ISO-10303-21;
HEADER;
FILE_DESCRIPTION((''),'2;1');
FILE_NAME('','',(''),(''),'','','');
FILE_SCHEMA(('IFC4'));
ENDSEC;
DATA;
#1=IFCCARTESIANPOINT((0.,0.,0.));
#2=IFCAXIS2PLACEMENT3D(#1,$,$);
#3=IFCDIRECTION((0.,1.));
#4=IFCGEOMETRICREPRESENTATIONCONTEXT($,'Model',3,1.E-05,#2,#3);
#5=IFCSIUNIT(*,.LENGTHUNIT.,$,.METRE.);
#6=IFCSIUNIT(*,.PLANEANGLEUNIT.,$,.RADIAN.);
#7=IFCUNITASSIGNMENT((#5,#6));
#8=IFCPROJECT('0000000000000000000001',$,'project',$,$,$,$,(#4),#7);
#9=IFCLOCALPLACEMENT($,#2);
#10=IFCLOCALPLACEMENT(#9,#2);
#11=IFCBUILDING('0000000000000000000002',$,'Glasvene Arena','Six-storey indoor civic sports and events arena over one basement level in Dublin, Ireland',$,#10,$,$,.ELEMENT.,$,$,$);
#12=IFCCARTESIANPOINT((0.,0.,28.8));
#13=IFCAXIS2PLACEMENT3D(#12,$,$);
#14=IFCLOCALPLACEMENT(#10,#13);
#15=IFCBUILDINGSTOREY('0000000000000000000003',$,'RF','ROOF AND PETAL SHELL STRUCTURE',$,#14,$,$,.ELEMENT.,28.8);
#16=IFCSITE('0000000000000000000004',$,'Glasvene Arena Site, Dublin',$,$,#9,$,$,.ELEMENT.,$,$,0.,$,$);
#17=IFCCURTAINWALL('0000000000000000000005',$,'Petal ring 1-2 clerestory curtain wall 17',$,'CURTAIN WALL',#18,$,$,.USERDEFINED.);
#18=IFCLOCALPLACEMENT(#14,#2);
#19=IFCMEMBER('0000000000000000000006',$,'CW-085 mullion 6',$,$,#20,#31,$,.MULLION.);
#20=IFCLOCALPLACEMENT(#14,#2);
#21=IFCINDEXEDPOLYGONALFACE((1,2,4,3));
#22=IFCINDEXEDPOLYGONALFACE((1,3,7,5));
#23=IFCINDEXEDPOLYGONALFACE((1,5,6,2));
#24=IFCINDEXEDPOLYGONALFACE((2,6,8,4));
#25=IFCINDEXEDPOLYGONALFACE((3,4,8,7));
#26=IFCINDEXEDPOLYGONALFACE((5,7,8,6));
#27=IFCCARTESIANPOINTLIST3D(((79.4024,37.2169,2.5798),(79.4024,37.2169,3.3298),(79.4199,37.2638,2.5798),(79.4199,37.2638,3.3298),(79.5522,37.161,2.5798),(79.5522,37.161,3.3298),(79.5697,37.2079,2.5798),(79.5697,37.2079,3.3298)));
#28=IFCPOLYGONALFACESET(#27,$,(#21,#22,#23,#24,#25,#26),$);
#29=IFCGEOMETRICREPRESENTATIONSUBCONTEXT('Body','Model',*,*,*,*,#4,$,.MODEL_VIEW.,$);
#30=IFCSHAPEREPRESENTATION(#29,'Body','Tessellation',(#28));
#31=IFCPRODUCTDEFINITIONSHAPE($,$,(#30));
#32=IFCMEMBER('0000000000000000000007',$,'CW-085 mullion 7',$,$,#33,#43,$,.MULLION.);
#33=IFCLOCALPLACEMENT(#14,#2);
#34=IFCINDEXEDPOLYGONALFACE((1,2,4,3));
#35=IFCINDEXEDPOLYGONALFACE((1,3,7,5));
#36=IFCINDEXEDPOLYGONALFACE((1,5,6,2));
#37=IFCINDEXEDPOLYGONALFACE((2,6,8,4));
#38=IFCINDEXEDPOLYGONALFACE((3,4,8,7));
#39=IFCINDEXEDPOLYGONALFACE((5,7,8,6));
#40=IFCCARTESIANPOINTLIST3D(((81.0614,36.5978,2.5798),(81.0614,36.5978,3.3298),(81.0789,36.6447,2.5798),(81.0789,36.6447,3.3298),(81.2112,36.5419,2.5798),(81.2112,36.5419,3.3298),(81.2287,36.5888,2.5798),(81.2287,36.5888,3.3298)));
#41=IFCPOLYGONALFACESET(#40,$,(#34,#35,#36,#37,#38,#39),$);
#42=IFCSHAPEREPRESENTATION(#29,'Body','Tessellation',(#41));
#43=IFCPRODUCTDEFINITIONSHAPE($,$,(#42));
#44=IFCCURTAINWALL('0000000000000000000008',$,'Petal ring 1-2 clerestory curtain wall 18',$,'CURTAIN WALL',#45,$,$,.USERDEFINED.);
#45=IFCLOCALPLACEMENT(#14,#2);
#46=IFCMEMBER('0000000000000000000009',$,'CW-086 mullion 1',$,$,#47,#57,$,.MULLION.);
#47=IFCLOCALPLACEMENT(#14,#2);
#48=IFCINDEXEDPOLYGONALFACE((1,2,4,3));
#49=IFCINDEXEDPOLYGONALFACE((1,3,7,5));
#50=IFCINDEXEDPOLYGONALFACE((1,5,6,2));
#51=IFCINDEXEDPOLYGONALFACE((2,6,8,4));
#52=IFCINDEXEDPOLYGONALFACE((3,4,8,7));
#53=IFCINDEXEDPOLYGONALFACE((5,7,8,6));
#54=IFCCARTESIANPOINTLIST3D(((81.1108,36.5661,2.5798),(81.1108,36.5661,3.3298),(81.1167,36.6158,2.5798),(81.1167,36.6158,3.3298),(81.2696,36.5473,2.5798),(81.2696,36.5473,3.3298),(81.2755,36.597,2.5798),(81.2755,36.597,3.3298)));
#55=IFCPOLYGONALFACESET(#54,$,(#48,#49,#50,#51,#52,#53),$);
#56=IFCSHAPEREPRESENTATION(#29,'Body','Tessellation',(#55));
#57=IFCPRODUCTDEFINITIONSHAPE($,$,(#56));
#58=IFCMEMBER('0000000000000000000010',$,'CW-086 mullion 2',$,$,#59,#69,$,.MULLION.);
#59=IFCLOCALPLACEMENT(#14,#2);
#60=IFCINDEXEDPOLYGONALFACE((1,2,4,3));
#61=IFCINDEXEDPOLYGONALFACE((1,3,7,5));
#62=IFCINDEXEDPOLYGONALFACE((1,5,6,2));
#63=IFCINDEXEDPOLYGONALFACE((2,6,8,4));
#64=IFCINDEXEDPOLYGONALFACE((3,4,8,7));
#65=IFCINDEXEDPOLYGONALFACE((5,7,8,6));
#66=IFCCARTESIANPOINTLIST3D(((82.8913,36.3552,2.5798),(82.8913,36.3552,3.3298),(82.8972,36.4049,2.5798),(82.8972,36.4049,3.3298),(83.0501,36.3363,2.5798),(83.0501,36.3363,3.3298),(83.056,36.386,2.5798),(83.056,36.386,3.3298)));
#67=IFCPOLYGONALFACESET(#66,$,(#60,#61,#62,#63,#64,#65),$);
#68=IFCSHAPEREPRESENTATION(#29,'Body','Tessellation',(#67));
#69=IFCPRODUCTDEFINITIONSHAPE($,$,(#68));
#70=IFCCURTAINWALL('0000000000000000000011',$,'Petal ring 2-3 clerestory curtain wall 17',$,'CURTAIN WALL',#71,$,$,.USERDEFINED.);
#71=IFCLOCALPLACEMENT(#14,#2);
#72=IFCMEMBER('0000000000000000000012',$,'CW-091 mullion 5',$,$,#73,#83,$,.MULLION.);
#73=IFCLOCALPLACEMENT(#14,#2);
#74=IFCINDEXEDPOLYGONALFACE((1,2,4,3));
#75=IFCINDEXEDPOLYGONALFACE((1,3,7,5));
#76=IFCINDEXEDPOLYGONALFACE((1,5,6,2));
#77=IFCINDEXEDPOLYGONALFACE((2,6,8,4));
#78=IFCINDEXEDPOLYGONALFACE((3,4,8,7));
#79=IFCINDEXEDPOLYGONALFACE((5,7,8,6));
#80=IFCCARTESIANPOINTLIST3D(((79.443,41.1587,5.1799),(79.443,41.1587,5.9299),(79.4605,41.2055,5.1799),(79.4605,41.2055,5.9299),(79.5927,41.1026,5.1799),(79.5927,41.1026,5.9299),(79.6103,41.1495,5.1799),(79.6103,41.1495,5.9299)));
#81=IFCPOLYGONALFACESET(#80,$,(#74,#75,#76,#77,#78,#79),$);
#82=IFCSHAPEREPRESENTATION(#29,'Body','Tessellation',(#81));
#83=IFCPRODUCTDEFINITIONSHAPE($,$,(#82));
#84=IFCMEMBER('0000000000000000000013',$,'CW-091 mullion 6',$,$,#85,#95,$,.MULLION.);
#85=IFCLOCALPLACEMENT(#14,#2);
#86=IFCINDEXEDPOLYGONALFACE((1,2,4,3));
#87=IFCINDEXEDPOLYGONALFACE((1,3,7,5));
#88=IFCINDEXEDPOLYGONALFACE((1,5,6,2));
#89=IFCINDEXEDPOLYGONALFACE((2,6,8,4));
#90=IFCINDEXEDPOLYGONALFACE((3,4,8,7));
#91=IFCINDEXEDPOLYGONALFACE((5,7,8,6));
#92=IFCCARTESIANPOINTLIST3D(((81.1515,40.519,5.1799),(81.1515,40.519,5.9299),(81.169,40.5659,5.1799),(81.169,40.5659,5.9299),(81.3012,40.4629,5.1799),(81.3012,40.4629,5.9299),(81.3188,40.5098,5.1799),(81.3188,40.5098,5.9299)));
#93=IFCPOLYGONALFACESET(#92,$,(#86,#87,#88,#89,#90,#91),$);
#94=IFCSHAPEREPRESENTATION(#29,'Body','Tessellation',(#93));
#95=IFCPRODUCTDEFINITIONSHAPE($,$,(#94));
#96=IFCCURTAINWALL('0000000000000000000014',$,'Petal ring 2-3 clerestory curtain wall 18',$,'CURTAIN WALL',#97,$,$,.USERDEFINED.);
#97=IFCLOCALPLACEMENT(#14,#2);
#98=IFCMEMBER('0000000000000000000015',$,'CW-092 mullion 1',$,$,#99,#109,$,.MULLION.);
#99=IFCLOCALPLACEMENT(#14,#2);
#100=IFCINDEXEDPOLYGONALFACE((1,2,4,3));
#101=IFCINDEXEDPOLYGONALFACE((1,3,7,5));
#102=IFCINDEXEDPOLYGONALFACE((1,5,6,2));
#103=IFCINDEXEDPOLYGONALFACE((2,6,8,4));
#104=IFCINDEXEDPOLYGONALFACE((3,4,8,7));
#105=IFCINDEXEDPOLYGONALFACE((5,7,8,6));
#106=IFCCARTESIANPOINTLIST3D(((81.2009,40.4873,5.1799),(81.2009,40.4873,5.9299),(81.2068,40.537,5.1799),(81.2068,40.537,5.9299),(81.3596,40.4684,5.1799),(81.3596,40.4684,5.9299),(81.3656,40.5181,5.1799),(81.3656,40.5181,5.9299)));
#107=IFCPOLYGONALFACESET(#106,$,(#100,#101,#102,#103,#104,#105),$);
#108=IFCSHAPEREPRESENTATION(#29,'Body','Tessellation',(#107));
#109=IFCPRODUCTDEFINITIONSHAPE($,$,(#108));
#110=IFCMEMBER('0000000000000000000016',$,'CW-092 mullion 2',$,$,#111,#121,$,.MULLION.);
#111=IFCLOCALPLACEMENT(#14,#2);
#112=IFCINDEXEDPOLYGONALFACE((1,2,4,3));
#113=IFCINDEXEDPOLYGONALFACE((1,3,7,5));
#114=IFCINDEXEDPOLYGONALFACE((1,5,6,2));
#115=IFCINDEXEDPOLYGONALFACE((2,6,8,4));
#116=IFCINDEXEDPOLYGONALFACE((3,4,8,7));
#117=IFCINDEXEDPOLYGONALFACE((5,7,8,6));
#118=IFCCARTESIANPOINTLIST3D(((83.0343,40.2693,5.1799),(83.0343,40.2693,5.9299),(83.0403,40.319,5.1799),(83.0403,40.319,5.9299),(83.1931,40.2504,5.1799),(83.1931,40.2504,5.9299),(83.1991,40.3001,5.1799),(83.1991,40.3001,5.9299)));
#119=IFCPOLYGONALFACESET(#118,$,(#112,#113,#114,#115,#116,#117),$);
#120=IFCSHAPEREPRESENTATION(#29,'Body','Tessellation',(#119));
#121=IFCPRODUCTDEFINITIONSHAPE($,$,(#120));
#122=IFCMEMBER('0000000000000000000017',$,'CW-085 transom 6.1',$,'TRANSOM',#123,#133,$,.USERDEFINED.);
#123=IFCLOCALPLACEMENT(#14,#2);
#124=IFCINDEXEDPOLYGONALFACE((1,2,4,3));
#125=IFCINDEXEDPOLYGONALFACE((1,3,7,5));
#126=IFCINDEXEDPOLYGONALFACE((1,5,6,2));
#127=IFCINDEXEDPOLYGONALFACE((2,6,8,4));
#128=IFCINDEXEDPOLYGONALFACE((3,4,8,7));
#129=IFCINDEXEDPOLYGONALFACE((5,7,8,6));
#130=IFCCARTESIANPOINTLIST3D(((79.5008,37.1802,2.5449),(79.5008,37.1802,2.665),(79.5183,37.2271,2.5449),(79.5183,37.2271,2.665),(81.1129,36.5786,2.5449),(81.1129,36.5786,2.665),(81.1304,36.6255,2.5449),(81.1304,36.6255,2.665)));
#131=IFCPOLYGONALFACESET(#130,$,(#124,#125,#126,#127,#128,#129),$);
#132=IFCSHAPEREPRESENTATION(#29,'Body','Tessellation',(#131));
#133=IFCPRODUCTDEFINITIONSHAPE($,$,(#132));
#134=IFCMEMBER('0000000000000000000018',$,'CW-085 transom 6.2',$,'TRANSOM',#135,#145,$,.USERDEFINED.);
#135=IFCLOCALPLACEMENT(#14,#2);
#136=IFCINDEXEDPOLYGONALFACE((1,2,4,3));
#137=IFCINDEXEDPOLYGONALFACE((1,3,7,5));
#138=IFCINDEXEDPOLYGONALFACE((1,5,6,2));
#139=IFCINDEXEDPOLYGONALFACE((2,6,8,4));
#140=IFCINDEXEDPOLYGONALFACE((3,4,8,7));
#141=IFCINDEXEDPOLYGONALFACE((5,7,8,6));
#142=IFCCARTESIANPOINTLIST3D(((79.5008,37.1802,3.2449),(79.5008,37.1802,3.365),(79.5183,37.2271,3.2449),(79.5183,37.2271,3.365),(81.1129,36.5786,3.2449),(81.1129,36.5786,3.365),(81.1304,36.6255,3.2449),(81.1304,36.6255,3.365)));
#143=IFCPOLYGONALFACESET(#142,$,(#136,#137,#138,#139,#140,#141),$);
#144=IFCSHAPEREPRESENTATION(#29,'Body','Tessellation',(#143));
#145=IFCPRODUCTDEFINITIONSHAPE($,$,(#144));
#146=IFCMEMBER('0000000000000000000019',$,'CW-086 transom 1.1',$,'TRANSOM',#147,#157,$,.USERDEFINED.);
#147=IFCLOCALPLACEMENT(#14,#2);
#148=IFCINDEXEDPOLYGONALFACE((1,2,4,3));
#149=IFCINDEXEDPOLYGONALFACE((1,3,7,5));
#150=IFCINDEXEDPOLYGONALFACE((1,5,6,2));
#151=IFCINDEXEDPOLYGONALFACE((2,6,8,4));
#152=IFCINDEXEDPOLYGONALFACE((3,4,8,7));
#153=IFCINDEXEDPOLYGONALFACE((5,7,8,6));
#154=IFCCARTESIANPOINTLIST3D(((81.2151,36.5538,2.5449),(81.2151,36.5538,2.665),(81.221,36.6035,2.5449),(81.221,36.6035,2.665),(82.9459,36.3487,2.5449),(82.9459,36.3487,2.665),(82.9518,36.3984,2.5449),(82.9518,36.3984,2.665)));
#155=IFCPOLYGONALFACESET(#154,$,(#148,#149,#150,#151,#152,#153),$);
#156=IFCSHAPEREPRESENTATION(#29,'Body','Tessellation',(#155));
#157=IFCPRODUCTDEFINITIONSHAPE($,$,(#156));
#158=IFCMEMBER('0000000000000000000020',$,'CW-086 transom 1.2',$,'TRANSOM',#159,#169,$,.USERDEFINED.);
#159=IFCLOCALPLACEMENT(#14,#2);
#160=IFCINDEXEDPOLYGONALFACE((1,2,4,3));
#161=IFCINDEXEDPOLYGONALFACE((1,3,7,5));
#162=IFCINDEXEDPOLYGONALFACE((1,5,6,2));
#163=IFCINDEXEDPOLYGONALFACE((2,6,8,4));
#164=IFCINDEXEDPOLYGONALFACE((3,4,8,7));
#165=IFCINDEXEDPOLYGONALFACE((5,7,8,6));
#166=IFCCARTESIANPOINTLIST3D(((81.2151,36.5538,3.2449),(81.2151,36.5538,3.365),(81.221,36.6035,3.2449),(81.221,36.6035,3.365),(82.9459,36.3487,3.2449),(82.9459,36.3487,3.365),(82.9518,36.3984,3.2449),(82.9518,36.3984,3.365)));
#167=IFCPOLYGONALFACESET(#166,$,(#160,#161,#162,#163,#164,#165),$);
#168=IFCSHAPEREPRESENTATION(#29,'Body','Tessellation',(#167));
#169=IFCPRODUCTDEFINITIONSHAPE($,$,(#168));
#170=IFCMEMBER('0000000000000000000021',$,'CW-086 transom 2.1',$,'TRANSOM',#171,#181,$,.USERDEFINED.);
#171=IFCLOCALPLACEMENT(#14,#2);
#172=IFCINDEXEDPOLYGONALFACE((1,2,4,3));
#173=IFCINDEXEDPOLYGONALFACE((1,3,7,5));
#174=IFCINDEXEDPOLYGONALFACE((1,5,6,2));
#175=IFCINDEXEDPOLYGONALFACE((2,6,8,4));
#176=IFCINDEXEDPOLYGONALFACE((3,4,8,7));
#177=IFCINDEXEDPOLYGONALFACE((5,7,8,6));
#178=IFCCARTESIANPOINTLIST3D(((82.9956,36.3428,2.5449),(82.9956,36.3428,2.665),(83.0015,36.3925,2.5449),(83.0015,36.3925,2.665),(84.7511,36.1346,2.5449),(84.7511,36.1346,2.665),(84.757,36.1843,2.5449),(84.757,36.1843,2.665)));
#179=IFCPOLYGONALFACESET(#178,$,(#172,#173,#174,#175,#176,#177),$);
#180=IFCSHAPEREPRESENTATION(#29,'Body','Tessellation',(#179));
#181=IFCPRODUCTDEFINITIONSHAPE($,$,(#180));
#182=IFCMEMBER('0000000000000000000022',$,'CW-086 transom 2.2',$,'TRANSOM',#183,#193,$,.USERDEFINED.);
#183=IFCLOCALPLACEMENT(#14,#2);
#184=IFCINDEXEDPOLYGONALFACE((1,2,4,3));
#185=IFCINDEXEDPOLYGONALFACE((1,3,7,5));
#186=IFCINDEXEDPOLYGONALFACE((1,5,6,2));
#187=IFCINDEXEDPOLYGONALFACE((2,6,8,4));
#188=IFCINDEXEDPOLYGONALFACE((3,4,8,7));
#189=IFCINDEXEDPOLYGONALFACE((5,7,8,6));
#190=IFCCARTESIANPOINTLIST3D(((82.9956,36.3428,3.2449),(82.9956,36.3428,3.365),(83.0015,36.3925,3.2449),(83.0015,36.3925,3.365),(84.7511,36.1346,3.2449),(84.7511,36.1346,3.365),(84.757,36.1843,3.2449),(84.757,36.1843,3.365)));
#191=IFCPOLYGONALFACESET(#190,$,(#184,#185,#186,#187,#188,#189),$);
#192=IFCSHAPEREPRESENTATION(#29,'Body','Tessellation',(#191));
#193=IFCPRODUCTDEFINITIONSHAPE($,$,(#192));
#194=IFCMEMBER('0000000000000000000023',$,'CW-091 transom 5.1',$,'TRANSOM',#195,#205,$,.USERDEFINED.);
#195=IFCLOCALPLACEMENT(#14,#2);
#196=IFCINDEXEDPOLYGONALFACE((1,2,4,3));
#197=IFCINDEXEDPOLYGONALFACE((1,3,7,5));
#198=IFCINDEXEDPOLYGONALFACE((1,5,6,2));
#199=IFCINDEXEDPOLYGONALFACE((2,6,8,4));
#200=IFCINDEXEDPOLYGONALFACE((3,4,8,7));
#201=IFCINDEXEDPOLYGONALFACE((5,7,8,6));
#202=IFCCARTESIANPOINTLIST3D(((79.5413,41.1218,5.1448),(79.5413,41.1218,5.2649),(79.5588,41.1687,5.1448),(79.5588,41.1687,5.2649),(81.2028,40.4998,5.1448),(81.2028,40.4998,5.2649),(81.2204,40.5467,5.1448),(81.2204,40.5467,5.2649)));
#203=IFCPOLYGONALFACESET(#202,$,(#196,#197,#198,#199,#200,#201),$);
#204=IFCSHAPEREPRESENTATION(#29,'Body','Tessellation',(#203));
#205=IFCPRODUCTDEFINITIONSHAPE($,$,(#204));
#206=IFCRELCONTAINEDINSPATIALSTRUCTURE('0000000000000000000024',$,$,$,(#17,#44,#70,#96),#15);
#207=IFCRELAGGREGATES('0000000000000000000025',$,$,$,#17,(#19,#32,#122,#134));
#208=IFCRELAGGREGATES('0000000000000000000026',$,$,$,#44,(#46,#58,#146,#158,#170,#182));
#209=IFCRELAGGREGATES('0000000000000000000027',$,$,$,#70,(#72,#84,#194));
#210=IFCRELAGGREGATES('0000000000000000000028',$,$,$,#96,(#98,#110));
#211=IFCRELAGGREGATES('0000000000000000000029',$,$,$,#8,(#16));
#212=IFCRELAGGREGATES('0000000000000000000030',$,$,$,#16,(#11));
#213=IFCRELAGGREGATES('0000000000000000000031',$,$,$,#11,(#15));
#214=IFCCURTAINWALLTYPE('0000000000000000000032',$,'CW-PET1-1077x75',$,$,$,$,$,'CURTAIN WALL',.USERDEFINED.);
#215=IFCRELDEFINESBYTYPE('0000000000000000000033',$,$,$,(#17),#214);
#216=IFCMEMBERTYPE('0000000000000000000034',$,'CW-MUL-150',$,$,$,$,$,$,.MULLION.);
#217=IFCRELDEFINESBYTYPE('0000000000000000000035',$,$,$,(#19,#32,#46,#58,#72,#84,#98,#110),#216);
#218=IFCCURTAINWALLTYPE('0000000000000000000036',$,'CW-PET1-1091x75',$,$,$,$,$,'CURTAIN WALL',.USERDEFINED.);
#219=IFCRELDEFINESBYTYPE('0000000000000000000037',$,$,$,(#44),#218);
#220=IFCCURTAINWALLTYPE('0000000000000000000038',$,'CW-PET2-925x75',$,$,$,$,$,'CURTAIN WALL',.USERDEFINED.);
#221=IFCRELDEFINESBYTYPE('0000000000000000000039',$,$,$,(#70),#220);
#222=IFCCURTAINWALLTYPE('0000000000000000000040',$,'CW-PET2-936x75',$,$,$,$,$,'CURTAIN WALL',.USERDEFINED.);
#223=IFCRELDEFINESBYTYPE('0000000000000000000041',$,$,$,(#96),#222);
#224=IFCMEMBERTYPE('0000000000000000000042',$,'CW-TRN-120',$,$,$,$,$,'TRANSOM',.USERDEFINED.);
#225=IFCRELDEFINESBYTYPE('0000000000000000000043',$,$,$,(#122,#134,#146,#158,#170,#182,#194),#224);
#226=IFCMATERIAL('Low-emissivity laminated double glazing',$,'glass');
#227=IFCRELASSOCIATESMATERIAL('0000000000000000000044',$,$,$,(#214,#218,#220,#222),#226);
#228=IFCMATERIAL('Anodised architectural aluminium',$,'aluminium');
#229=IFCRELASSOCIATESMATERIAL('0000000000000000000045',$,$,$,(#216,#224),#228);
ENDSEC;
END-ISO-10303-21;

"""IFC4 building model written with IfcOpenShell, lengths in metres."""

from ifc_helpers import new_model, si_unit, direction, frame, origin, origin_2d, place, context, subcontext, project, spatial, rectangle, extrude, material, material_profile, profile_set, type_object, element, aggregate, save


model = new_model("IFC4")

# Units and contexts
model_context = context("Model", 3, precision=1e-05, world=origin(), true_north=direction((0.0, 1.0)))
body_context = subcontext(model_context, "Body", "Model", "MODEL_VIEW")
ifc_project = project(units=[si_unit("LENGTHUNIT", "METRE"), si_unit("PLANEANGLEUNIT", "RADIAN")], contexts=[model_context])

# Site, building, storey
site_placement = place(None, origin())
site = spatial("IfcSite", under=ifc_project, at=site_placement, Name="Glasvene Arena Site, Dublin", CompositionType="ELEMENT", RefElevation=0.0)
building_placement = place(site_placement, origin())
building = spatial("IfcBuilding", under=site, at=building_placement, Name="Glasvene Arena", Description="Six-storey indoor civic sports and events arena over one basement level in Dublin, Ireland", CompositionType="ELEMENT")
storey_placement = place(building_placement, frame((0.0, 0.0, 28.8)))
storey = spatial("IfcBuildingStorey", under=building, at=storey_placement, Name="RF", Description="ROOF AND PETAL SHELL STRUCTURE", CompositionType="ELEMENT", Elevation=28.8)

# Curtain walls, members
ifc_material_1 = material(Name="Low-emissivity laminated double glazing", Category="glass")
curtain_wall_type_1 = type_object("IfcCurtainWallType", Name="CW-PET1-1077x75", ElementType="CURTAIN WALL", PredefinedType="USERDEFINED", material=ifc_material_1)
curtain_wall_1_placement = place(storey_placement, frame((71.075, 40.3508, 0.0)))
curtain_wall_1 = element("IfcCurtainWall", 1, at=curtain_wall_1_placement, inside=storey, type_object=curtain_wall_type_1, Name="Petal ring 1-2 clerestory curtain wall 17", ObjectType="CURTAIN WALL", PredefinedType="USERDEFINED")
ifc_material_2 = material(Name="Anodised architectural aluminium", Category="aluminium")
ifc_material_profile_1 = material_profile(ifc_material_2, rectangle(XDim=0.05, YDim=0.1599, at=origin_2d()), Name="ALU MULLION 50x160")
ifc_profile_set_1 = profile_set([ifc_material_profile_1], Name="Anodised architectural aluminium")
member_type_1 = type_object("IfcMemberType", Name="CW-MUL-150", PredefinedType="MULLION", material=ifc_profile_set_1)
member_1_placement = place(storey_placement, frame((79.4861, 37.2124, 2.5798), z_axis=(0.0, 0.0, 1.0), x_axis=(0.349591, 0.936902, 0.0)))
member_1 = element("IfcMember", 2, at=member_1_placement, type_object=member_type_1, Name="CW-085 mullion 6", PredefinedType="MULLION", context=body_context, shape_type="SweptSolid", body=[
    extrude(rectangle(XDim=0.05, YDim=0.1599, at=origin_2d()), origin(), (0.0, 0.0, 1.0), 0.75),
])
member_2_placement = place(storey_placement, frame((81.145, 36.5933, 2.5798), z_axis=(0.0, 0.0, 1.0), x_axis=(0.349591, 0.936902, 0.0)))
member_2 = element("IfcMember", 3, at=member_2_placement, type_object=member_type_1, Name="CW-085 mullion 7", PredefinedType="MULLION", context=body_context, shape_type="SweptSolid", body=[
    extrude(rectangle(XDim=0.05, YDim=0.1599, at=origin_2d()), origin(), (0.0, 0.0, 1.0), 0.75),
])
curtain_wall_type_2 = type_object("IfcCurtainWallType", Name="CW-PET1-1091x75", ElementType="CURTAIN WALL", PredefinedType="USERDEFINED", material=ifc_material_1)
curtain_wall_2_placement = place(storey_placement, frame((81.1685, 36.5847, 0.0)))
curtain_wall_2 = element("IfcCurtainWall", 4, at=curtain_wall_2_placement, inside=storey, type_object=curtain_wall_type_2, Name="Petal ring 1-2 clerestory curtain wall 18", ObjectType="CURTAIN WALL", PredefinedType="USERDEFINED")
member_3_placement = place(storey_placement, frame((81.1931, 36.5815, 2.5798), z_axis=(0.0, 0.0, 1.0), x_axis=(0.117772, 0.993041, 0.0)))
member_3 = element("IfcMember", 5, at=member_3_placement, type_object=member_type_1, Name="CW-086 mullion 1", PredefinedType="MULLION", context=body_context, shape_type="SweptSolid", body=[
    extrude(rectangle(XDim=0.05, YDim=0.1599, at=origin_2d()), origin(), (0.0, 0.0, 1.0), 0.75),
])
member_4_placement = place(storey_placement, frame((82.9736, 36.3706, 2.5798), z_axis=(0.0, 0.0, 1.0), x_axis=(0.117772, 0.993041, 0.0)))
member_4 = element("IfcMember", 6, at=member_4_placement, type_object=member_type_1, Name="CW-086 mullion 2", PredefinedType="MULLION", context=body_context, shape_type="SweptSolid", body=[
    extrude(rectangle(XDim=0.05, YDim=0.1599, at=origin_2d()), origin(), (0.0, 0.0, 1.0), 0.75),
])
curtain_wall_type_3 = type_object("IfcCurtainWallType", Name="CW-PET2-925x75", ElementType="CURTAIN WALL", PredefinedType="USERDEFINED", material=ifc_material_1)
curtain_wall_3_placement = place(storey_placement, frame((72.6001, 43.7476, 0.0)))
curtain_wall_3 = element("IfcCurtainWall", 7, at=curtain_wall_3_placement, inside=storey, type_object=curtain_wall_type_3, Name="Petal ring 2-3 clerestory curtain wall 17", ObjectType="CURTAIN WALL", PredefinedType="USERDEFINED")
member_5_placement = place(storey_placement, frame((79.5266, 41.1541, 5.1799), z_axis=(0.0, 0.0, 1.0), x_axis=(0.35064, 0.93651, 0.0)))
member_5 = element("IfcMember", 8, at=member_5_placement, type_object=member_type_1, Name="CW-091 mullion 5", PredefinedType="MULLION", context=body_context, shape_type="SweptSolid", body=[
    extrude(rectangle(XDim=0.05, YDim=0.1599, at=origin_2d()), origin(), (0.0, 0.0, 1.0), 0.75),
])
member_6_placement = place(storey_placement, frame((81.2351, 40.5144, 5.1799), z_axis=(0.0, 0.0, 1.0), x_axis=(0.35064, 0.93651, 0.0)))
member_6 = element("IfcMember", 9, at=member_6_placement, type_object=member_type_1, Name="CW-091 mullion 6", PredefinedType="MULLION", context=body_context, shape_type="SweptSolid", body=[
    extrude(rectangle(XDim=0.05, YDim=0.1599, at=origin_2d()), origin(), (0.0, 0.0, 1.0), 0.75),
])
curtain_wall_type_4 = type_object("IfcCurtainWallType", Name="CW-PET2-936x75", ElementType="CURTAIN WALL", PredefinedType="USERDEFINED", material=ifc_material_1)
curtain_wall_4_placement = place(storey_placement, frame((81.2583, 40.5056, 0.0)))
curtain_wall_4 = element("IfcCurtainWall", 10, at=curtain_wall_4_placement, inside=storey, type_object=curtain_wall_type_4, Name="Petal ring 2-3 clerestory curtain wall 18", ObjectType="CURTAIN WALL", PredefinedType="USERDEFINED")
member_7_placement = place(storey_placement, frame((81.2832, 40.5027, 5.1799), z_axis=(0.0, 0.0, 1.0), x_axis=(0.118166, 0.992994, 0.0)))
member_7 = element("IfcMember", 11, at=member_7_placement, type_object=member_type_1, Name="CW-092 mullion 1", PredefinedType="MULLION", context=body_context, shape_type="SweptSolid", body=[
    extrude(rectangle(XDim=0.05, YDim=0.1599, at=origin_2d()), origin(), (0.0, 0.0, 1.0), 0.75),
])
member_8_placement = place(storey_placement, frame((83.1167, 40.2847, 5.1799), z_axis=(0.0, 0.0, 1.0), x_axis=(0.118166, 0.992994, 0.0)))
member_8 = element("IfcMember", 12, at=member_8_placement, type_object=member_type_1, Name="CW-092 mullion 2", PredefinedType="MULLION", context=body_context, shape_type="SweptSolid", body=[
    extrude(rectangle(XDim=0.05, YDim=0.1599, at=origin_2d()), origin(), (0.0, 0.0, 1.0), 0.75),
])

# Members
ifc_material_profile_2 = material_profile(ifc_material_2, rectangle(XDim=0.05, YDim=0.1201, at=origin_2d()), Name="ALU TRANSOM 50x120")
ifc_profile_set_2 = profile_set([ifc_material_profile_2], Name="Anodised architectural aluminium")
member_type_2 = type_object("IfcMemberType", Name="CW-TRN-120", ElementType="TRANSOM", PredefinedType="USERDEFINED", material=ifc_profile_set_2)
member_9_placement = place(storey_placement, frame((79.5095, 37.2036, 2.605), z_axis=(0.936894, -0.349615, 0.0), x_axis=(0.349615, 0.936894, 0.0)))
member_9 = element("IfcMember", 13, at=member_9_placement, type_object=member_type_2, Name="CW-085 transom 6.1", ObjectType="TRANSOM", PredefinedType="USERDEFINED", context=body_context, shape_type="SweptSolid", body=[
    extrude(rectangle(XDim=0.05, YDim=0.1201, at=origin_2d()), origin(), (0.0, 0.0, 1.0), 1.7207),
])
member_10_placement = place(storey_placement, frame((79.5095, 37.2036, 3.3049), z_axis=(0.936894, -0.349615, 0.0), x_axis=(0.349615, 0.936894, 0.0)))
member_10 = element("IfcMember", 14, at=member_10_placement, type_object=member_type_2, Name="CW-085 transom 6.2", ObjectType="TRANSOM", PredefinedType="USERDEFINED", context=body_context, shape_type="SweptSolid", body=[
    extrude(rectangle(XDim=0.05, YDim=0.1201, at=origin_2d()), origin(), (0.0, 0.0, 1.0), 1.7207),
])
member_11_placement = place(storey_placement, frame((81.218, 36.5786, 2.605), z_axis=(0.993053, -0.11767, 0.0), x_axis=(0.11767, 0.993053, 0.0)))
member_11 = element("IfcMember", 15, at=member_11_placement, type_object=member_type_2, Name="CW-086 transom 1.1", ObjectType="TRANSOM", PredefinedType="USERDEFINED", context=body_context, shape_type="SweptSolid", body=[
    extrude(rectangle(XDim=0.05, YDim=0.1201, at=origin_2d()), origin(), (0.0, 0.0, 1.0), 1.7429),
])
member_12_placement = place(storey_placement, frame((81.218, 36.5786, 3.3049), z_axis=(0.993053, -0.11767, 0.0), x_axis=(0.11767, 0.993053, 0.0)))
member_12 = element("IfcMember", 16, at=member_12_placement, type_object=member_type_2, Name="CW-086 transom 1.2", ObjectType="TRANSOM", PredefinedType="USERDEFINED", context=body_context, shape_type="SweptSolid", body=[
    extrude(rectangle(XDim=0.05, YDim=0.1201, at=origin_2d()), origin(), (0.0, 0.0, 1.0), 1.7429),
])
member_13_placement = place(storey_placement, frame((82.9985, 36.3677, 2.605), z_axis=(0.993038, -0.117795, 0.0), x_axis=(0.117795, 0.993038, 0.0)))
member_13 = element("IfcMember", 17, at=member_13_placement, type_object=member_type_2, Name="CW-086 transom 2.1", ObjectType="TRANSOM", PredefinedType="USERDEFINED", context=body_context, shape_type="SweptSolid", body=[
    extrude(rectangle(XDim=0.05, YDim=0.1201, at=origin_2d()), origin(), (0.0, 0.0, 1.0), 1.7678),
])
member_14_placement = place(storey_placement, frame((82.9985, 36.3677, 3.3049), z_axis=(0.993038, -0.117795, 0.0), x_axis=(0.117795, 0.993038, 0.0)))
member_14 = element("IfcMember", 18, at=member_14_placement, type_object=member_type_2, Name="CW-086 transom 2.2", ObjectType="TRANSOM", PredefinedType="USERDEFINED", context=body_context, shape_type="SweptSolid", body=[
    extrude(rectangle(XDim=0.05, YDim=0.1201, at=origin_2d()), origin(), (0.0, 0.0, 1.0), 1.7678),
])
member_15_placement = place(storey_placement, frame((79.55, 41.1453, 5.2048), z_axis=(0.936521, -0.350611, 0.0), x_axis=(0.350611, 0.936521, 0.0)))
member_15 = element("IfcMember", 19, at=member_15_placement, type_object=member_type_2, Name="CW-091 transom 5.1", ObjectType="TRANSOM", PredefinedType="USERDEFINED", context=body_context, shape_type="SweptSolid", body=[
    extrude(rectangle(XDim=0.05, YDim=0.1201, at=origin_2d()), origin(), (0.0, 0.0, 1.0), 1.7742),
])

aggregate(curtain_wall_1, [member_1, member_2, member_9, member_10])
aggregate(curtain_wall_2, [member_3, member_4, member_11, member_12, member_13, member_14])
aggregate(curtain_wall_3, [member_5, member_6, member_15])
aggregate(curtain_wall_4, [member_7, member_8])

save(model, "model.ifc")
